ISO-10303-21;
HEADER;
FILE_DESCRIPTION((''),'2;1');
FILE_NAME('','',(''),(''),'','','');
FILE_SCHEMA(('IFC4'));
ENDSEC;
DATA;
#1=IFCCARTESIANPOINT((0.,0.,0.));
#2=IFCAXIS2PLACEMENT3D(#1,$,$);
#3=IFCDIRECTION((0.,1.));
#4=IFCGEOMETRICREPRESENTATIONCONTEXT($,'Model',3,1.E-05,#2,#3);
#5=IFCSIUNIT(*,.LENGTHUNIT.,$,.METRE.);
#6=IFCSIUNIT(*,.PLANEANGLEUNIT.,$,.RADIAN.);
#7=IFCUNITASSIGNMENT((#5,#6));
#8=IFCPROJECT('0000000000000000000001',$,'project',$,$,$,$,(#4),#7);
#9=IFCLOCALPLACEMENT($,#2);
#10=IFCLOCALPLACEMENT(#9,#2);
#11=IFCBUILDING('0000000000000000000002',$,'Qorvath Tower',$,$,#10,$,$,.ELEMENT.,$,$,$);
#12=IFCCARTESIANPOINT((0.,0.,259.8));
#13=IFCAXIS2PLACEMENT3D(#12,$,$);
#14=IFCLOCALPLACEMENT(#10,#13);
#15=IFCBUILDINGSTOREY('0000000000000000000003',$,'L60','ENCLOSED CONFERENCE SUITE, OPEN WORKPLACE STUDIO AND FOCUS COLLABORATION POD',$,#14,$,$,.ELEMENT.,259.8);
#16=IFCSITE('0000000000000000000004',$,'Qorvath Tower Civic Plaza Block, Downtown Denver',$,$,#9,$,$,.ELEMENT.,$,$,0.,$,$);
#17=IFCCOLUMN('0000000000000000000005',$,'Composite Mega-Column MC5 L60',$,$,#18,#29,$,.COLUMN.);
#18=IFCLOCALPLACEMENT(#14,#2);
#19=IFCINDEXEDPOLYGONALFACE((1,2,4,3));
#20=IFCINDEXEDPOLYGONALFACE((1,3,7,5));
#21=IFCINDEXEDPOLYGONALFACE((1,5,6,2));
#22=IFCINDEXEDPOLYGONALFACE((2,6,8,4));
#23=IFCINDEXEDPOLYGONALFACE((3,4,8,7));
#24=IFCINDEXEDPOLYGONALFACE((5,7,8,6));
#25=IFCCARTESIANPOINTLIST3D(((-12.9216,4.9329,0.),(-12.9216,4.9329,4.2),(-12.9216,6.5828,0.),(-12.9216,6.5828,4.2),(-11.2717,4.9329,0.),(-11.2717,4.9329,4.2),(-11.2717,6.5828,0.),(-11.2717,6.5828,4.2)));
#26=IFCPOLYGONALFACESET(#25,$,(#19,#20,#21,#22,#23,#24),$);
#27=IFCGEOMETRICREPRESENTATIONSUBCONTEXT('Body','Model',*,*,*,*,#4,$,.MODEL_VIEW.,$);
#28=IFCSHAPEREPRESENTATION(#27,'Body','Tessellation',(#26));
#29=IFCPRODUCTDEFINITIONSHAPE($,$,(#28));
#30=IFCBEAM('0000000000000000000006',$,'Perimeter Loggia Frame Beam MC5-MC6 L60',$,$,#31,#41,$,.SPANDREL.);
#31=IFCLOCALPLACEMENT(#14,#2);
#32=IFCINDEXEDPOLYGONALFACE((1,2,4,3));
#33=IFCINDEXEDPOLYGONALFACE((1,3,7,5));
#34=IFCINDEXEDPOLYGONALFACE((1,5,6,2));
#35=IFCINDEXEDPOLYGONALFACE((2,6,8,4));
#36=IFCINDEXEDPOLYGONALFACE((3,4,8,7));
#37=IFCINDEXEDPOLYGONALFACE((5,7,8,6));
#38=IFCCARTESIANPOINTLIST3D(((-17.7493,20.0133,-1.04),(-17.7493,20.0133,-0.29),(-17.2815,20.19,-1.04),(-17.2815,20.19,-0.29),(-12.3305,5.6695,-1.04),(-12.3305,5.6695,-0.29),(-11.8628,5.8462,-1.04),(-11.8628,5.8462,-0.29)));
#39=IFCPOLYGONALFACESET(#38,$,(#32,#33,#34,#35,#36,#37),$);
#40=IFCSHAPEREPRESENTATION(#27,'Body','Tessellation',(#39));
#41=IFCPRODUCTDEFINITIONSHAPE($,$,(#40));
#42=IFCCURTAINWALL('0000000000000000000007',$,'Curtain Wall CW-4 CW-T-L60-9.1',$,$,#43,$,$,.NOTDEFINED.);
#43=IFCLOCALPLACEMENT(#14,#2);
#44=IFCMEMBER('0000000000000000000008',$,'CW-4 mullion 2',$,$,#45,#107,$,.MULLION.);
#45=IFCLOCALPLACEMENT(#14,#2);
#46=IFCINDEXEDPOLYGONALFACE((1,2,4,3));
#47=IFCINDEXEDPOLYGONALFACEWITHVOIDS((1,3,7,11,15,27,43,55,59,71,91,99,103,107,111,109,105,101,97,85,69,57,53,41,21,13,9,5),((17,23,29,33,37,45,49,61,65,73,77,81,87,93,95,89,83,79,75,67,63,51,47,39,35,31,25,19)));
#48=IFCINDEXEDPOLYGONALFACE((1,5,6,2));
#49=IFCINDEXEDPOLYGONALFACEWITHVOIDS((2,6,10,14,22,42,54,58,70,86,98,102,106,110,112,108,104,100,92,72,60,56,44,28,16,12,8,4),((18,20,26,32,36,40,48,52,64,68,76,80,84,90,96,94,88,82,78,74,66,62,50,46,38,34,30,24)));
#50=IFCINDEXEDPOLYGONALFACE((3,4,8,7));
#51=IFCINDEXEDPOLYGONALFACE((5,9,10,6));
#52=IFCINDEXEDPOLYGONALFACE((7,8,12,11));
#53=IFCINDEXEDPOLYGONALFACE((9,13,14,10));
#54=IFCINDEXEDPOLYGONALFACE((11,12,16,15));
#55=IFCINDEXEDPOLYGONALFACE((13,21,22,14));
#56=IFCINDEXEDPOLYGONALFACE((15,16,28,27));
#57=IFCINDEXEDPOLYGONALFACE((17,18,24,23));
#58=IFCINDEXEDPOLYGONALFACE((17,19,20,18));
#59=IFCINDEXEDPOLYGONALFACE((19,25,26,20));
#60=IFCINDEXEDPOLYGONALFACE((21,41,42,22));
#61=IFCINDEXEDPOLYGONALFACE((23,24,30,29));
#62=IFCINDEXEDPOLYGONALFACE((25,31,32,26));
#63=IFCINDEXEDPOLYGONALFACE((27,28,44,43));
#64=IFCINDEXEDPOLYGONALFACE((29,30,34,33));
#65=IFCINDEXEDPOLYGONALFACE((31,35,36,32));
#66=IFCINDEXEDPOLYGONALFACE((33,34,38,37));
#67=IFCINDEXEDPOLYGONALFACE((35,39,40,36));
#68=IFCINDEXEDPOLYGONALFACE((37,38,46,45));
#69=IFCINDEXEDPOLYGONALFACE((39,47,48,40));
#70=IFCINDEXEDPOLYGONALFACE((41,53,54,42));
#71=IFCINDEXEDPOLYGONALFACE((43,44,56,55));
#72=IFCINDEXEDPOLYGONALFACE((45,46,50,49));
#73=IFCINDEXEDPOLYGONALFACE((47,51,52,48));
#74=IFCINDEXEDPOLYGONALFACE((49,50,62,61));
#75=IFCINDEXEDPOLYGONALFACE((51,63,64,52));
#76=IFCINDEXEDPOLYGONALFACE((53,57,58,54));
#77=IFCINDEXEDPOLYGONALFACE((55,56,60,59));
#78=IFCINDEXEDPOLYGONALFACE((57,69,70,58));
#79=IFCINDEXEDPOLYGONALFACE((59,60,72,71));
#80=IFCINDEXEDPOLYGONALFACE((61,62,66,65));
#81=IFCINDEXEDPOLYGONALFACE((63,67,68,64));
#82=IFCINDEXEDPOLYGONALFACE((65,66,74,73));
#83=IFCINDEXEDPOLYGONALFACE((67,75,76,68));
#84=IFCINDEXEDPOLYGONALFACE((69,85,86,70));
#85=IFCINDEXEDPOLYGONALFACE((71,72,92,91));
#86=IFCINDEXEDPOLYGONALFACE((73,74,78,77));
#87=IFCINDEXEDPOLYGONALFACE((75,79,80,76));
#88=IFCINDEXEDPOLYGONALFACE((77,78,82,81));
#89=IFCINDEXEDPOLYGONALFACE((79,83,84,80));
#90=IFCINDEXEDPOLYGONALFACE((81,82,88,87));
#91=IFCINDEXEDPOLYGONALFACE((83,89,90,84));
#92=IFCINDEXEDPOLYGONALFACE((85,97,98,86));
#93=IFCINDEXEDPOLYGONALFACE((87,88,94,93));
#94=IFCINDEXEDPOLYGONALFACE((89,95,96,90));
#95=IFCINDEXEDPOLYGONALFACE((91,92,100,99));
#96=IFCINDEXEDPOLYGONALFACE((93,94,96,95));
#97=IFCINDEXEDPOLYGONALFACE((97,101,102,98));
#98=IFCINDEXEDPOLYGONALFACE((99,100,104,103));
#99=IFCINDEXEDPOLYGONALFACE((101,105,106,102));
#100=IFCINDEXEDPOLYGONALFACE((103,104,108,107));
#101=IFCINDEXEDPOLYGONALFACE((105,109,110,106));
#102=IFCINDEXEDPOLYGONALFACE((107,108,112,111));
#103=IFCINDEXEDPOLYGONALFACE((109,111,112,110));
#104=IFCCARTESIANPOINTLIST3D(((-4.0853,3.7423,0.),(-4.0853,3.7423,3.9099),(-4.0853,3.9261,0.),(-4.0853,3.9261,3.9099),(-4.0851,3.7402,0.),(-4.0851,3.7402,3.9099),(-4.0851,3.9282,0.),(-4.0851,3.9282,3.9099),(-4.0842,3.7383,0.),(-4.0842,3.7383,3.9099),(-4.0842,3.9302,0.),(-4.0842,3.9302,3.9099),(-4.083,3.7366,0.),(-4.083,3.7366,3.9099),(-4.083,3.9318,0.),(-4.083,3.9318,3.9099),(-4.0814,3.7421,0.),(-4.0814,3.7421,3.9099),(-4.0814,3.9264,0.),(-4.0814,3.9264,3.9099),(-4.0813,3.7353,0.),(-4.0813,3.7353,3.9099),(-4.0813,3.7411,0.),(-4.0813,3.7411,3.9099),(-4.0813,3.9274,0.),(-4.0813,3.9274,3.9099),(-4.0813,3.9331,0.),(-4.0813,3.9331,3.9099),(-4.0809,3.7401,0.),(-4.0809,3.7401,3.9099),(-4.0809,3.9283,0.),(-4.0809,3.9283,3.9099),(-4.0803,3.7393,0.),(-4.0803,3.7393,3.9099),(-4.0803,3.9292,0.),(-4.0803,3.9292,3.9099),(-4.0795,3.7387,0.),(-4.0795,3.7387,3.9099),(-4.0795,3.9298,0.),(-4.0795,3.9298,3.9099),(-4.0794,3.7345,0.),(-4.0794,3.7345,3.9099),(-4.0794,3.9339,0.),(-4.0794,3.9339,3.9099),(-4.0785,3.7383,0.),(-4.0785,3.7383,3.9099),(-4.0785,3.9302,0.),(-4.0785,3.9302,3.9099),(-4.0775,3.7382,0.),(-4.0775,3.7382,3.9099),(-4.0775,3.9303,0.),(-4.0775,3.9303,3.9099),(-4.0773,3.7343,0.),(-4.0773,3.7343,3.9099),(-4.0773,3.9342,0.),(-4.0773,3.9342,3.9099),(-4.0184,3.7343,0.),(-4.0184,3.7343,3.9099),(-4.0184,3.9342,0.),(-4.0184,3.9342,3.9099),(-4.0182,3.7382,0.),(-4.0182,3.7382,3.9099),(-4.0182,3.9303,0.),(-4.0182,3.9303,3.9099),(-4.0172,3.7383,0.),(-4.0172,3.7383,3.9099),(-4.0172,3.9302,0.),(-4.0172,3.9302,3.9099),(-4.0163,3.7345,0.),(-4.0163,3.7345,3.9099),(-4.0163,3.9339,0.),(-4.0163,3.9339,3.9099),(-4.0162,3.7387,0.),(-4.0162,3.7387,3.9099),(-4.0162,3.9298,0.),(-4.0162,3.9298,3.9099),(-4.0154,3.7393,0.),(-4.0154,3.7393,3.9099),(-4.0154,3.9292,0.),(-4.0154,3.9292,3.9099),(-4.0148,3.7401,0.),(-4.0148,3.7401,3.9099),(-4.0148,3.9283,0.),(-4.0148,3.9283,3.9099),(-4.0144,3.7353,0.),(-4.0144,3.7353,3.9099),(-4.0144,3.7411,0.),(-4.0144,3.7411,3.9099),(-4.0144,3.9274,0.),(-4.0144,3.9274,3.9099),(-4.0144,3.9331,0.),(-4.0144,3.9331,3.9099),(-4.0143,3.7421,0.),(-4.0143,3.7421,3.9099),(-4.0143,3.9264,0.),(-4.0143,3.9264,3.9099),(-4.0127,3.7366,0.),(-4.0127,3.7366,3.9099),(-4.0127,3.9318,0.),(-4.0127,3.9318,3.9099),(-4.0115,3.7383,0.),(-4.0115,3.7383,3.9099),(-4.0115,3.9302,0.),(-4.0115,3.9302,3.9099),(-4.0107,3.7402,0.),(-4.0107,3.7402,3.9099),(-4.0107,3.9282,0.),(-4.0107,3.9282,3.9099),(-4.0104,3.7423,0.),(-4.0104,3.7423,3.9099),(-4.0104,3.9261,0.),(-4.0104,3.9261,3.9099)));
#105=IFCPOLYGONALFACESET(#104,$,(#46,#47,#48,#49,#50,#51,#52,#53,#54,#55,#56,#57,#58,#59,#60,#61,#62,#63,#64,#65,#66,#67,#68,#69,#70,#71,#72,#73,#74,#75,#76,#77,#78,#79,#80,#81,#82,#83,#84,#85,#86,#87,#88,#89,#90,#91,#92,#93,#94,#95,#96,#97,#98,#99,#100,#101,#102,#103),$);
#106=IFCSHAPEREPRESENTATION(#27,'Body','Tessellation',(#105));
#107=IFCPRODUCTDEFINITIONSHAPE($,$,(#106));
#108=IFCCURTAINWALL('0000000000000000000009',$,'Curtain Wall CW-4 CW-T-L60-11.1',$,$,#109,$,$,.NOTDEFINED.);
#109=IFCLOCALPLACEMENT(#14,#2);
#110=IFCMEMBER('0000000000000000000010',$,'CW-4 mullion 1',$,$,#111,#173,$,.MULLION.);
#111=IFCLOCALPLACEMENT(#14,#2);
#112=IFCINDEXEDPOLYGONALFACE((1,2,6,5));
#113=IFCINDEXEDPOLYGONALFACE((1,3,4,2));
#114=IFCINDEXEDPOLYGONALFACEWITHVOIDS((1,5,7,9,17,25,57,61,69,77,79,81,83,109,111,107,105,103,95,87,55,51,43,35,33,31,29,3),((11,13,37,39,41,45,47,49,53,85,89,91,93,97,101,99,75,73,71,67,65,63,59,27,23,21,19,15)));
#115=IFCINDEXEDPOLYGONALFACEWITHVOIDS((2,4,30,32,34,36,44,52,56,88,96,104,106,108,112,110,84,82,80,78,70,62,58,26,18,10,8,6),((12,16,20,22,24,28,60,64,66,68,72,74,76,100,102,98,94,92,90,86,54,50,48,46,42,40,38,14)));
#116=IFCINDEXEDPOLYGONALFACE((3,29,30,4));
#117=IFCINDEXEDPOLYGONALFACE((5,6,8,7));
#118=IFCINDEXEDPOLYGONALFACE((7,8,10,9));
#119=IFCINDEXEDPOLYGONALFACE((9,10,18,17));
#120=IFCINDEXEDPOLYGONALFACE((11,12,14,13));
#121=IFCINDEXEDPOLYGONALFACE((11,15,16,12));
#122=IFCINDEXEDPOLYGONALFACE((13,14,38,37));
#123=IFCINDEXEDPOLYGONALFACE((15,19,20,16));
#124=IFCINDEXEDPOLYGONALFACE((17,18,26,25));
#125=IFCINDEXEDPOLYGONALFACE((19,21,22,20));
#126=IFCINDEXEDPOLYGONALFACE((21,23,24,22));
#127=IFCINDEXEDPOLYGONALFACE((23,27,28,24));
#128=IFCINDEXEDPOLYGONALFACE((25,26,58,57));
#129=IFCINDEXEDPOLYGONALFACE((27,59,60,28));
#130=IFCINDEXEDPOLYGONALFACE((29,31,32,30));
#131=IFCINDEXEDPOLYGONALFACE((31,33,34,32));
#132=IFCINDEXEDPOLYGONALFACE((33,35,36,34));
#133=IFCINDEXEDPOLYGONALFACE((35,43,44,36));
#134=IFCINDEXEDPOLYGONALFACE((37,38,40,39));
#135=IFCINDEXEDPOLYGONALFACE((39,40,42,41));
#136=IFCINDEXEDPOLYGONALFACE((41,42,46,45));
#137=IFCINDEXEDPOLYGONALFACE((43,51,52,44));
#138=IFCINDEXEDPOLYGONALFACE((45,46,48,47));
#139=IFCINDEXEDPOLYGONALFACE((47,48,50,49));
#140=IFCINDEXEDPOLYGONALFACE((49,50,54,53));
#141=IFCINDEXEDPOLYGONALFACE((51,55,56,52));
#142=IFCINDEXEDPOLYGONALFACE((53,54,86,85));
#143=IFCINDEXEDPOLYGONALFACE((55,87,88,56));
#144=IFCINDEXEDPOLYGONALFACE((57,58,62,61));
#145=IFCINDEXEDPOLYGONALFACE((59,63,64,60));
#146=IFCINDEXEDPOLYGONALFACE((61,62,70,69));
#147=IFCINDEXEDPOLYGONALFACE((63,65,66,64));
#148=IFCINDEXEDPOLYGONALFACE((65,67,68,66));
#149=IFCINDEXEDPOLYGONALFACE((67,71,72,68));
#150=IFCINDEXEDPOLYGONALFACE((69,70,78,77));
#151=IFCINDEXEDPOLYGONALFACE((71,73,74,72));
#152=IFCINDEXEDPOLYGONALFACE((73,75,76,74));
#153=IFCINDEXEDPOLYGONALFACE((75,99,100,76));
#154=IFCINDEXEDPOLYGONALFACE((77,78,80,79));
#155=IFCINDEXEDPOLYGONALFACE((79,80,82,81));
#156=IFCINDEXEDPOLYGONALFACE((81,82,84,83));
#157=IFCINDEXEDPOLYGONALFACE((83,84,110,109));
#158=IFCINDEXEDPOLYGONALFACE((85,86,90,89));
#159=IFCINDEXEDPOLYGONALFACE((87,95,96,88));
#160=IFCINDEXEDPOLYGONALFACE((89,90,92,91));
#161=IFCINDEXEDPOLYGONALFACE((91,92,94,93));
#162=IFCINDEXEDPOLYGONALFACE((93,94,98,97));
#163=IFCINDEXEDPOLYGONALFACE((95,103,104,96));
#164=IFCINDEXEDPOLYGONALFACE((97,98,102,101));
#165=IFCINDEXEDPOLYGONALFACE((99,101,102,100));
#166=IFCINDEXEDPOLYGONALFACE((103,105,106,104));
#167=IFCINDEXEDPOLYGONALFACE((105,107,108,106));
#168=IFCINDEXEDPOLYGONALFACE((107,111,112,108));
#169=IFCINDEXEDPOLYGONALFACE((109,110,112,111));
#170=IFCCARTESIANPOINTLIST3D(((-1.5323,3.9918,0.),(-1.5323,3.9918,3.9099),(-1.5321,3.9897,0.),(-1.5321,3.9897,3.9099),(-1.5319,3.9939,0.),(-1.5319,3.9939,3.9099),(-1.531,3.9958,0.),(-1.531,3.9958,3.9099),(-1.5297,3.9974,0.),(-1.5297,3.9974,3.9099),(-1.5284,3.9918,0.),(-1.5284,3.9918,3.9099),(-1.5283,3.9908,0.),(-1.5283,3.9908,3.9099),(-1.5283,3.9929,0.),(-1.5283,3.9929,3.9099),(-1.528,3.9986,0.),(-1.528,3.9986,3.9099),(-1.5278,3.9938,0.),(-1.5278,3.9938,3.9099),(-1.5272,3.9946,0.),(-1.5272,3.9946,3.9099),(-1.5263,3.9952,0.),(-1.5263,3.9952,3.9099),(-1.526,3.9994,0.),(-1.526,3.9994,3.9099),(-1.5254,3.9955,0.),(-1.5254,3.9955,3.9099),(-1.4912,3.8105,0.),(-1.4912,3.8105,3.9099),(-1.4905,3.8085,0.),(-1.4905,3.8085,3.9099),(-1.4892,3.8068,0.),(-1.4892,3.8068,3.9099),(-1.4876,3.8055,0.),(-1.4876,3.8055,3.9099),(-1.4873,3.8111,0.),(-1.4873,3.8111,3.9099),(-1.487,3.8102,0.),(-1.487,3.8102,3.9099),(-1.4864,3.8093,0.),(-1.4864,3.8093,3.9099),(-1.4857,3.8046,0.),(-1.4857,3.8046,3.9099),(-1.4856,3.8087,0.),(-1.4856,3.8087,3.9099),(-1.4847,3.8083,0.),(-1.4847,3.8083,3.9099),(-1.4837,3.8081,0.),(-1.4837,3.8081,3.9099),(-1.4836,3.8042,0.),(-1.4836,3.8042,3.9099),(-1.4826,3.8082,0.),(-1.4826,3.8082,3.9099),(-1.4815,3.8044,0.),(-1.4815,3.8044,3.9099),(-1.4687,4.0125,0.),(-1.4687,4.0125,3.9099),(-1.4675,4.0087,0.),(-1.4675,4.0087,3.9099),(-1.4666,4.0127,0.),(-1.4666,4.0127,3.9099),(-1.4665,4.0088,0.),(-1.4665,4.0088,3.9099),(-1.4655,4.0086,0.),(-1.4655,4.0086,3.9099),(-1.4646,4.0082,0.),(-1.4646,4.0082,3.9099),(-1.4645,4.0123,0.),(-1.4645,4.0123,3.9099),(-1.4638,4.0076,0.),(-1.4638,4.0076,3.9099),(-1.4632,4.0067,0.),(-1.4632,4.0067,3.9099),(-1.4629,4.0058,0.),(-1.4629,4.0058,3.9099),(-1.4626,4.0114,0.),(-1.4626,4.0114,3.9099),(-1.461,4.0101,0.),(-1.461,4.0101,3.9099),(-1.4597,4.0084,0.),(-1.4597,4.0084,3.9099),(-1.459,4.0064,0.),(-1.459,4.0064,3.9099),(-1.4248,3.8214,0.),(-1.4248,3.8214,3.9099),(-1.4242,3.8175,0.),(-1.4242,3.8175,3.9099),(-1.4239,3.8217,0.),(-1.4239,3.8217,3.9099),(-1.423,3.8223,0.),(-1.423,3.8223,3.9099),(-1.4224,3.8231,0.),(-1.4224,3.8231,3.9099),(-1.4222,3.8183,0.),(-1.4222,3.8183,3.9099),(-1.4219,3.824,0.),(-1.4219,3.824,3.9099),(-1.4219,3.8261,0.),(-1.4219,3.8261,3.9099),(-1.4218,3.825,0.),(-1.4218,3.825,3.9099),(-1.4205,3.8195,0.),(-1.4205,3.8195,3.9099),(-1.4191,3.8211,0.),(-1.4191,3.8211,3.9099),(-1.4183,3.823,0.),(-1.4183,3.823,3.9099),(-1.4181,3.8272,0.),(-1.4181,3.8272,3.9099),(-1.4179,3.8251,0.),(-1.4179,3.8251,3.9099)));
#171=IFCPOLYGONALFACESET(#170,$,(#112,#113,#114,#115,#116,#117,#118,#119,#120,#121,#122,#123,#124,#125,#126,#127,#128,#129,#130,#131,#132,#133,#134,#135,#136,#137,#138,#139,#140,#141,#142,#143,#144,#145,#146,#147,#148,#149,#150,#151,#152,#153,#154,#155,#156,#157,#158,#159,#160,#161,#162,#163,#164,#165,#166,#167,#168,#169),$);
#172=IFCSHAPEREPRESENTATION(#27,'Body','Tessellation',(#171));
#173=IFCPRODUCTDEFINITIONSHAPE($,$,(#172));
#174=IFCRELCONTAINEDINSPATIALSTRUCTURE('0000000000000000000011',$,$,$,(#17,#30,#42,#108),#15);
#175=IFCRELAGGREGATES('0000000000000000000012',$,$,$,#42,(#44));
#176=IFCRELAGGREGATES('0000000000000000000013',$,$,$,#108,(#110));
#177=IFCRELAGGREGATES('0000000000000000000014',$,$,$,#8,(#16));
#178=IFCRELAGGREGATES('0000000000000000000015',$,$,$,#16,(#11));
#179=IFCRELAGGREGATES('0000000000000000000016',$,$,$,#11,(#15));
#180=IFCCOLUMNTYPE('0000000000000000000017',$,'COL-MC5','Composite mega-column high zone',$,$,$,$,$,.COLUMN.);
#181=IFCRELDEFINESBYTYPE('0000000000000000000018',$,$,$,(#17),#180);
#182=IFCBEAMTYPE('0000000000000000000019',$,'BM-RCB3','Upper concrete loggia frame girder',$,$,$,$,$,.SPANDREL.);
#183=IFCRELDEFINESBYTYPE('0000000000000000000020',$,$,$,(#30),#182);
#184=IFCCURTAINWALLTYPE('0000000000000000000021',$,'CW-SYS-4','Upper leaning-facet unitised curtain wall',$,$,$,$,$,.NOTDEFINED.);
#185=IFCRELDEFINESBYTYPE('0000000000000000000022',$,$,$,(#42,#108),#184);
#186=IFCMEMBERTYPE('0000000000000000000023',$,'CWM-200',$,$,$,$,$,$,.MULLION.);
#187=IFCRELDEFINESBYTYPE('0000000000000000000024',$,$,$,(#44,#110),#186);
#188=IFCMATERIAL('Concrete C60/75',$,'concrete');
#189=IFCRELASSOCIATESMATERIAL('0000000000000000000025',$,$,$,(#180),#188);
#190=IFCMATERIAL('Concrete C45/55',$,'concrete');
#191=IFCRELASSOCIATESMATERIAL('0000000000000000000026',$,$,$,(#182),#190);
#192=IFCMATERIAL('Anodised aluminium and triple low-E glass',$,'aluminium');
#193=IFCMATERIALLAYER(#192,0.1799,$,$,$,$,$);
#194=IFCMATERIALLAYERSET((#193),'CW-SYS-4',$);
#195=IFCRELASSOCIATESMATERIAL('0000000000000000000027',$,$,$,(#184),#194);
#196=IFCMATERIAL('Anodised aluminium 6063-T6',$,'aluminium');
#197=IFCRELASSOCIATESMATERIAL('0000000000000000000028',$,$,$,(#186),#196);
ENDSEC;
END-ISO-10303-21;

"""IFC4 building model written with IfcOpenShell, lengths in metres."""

from ifc_helpers import new_model, si_unit, direction, frame, origin, origin_2d, place, context, subcontext, project, spatial, rectangle, hollow_rectangle, extrude, material, layer, layer_set, material_profile, profile_set, type_object, element, aggregate, save


model = new_model("IFC4")

# Units and contexts
model_context = context("Model", 3, precision=1e-05, world=origin(), true_north=direction((0.0, 1.0)))
body_context = subcontext(model_context, "Body", "Model", "MODEL_VIEW")
ifc_project = project(units=[si_unit("LENGTHUNIT", "METRE"), si_unit("PLANEANGLEUNIT", "RADIAN")], contexts=[model_context])

# Site, building, storey
site_placement = place(None, origin())
site = spatial("IfcSite", under=ifc_project, at=site_placement, Name="Qorvath Tower Civic Plaza Block, Downtown Denver", CompositionType="ELEMENT", RefElevation=0.0)
building_placement = place(site_placement, origin())
building = spatial("IfcBuilding", under=site, at=building_placement, Name="Qorvath Tower", CompositionType="ELEMENT")
storey_placement = place(building_placement, frame((0.0, 0.0, 259.8)))
storey = spatial("IfcBuildingStorey", under=building, at=storey_placement, Name="L60", Description="ENCLOSED CONFERENCE SUITE, OPEN WORKPLACE STUDIO AND FOCUS COLLABORATION POD", CompositionType="ELEMENT", Elevation=259.8)

# Column
ifc_material_1 = material(Name="Concrete C60/75", Category="concrete")
ifc_material_profile_1 = material_profile(ifc_material_1, rectangle(XDim=1.6499, YDim=1.6499, at=origin_2d()), Name="MC 1650x1650")
ifc_profile_set_1 = profile_set([ifc_material_profile_1], Name="Concrete C60/75")
column_type = type_object("IfcColumnType", Name="COL-MC5", Description="Composite mega-column high zone", PredefinedType="COLUMN", material=ifc_profile_set_1)
column_placement = place(storey_placement, frame((-12.0967, 5.7578, 0.0), z_axis=(0.0, 0.0, 1.0), x_axis=(1.0, 0.0, 0.0)))
element("IfcColumn", 1, at=column_placement, inside=storey, type_object=column_type, Name="Composite Mega-Column MC5 L60", PredefinedType="COLUMN", context=body_context, shape_type="SweptSolid", body=[
    extrude(rectangle(XDim=1.6499, YDim=1.6499, at=origin_2d()), origin(), (0.0, 0.0, 1.0), 4.2),
])

# Beam
ifc_material_2 = material(Name="Concrete C45/55", Category="concrete")
ifc_material_profile_2 = material_profile(ifc_material_2, rectangle(XDim=0.5, YDim=0.75, at=origin_2d()), Name="RCB 750x500")
ifc_profile_set_2 = profile_set([ifc_material_profile_2], Name="Concrete C45/55")
beam_type = type_object("IfcBeamType", Name="BM-RCB3", Description="Upper concrete loggia frame girder", PredefinedType="SPANDREL", material=ifc_profile_set_2)
beam_placement = place(storey_placement, frame((-12.0967, 5.7578, -0.665), z_axis=(-0.353398, 0.935473, 0.0), x_axis=(-0.935473, -0.353398, 0.0)))
element("IfcBeam", 2, at=beam_placement, inside=storey, type_object=beam_type, Name="Perimeter Loggia Frame Beam MC5-MC6 L60", PredefinedType="SPANDREL", context=body_context, shape_type="SweptSolid", body=[
    extrude(rectangle(XDim=0.5, YDim=0.75, at=origin_2d()), origin(), (0.0, 0.0, 1.0), 15.3333),
])

# Curtain wall, member
ifc_material_3 = material(Name="Anodised aluminium and triple low-E glass", Category="aluminium")
ifc_layer_1 = layer(ifc_material_3, 0.1799)
ifc_layer_set_1 = layer_set([ifc_layer_1], Name="CW-SYS-4")
curtain_wall_type = type_object("IfcCurtainWallType", Name="CW-SYS-4", Description="Upper leaning-facet unitised curtain wall", PredefinedType="NOTDEFINED", material=ifc_layer_set_1)
curtain_wall_1_placement = place(storey_placement, origin())
curtain_wall_1 = element("IfcCurtainWall", 3, at=curtain_wall_1_placement, inside=storey, type_object=curtain_wall_type, Name="Curtain Wall CW-4 CW-T-L60-9.1", PredefinedType="NOTDEFINED")
ifc_material_4 = material(Name="Anodised aluminium 6063-T6", Category="aluminium")
ifc_material_profile_3 = material_profile(ifc_material_4, hollow_rectangle(XDim=0.075, YDim=0.2, WallThickness=0.0039, InnerFilletRadius=0.0039, OuterFilletRadius=0.0081, at=origin_2d()), Name="CWM 200x75")
ifc_profile_set_3 = profile_set([ifc_material_profile_3], Name="Anodised aluminium 6063-T6")
member_type_1 = type_object("IfcMemberType", Name="CWM-200", PredefinedType="MULLION", material=ifc_profile_set_3)
member_1_placement = place(storey_placement, frame((-4.0479, 3.8342, 0.0), z_axis=(0.0, 0.0, 1.0), x_axis=(-1.0, 0.0, 0.0)))
member_1 = element("IfcMember", 4, at=member_1_placement, type_object=member_type_1, Name="CW-4 mullion 2", PredefinedType="MULLION", context=body_context, shape_type="SweptSolid", body=[
    extrude(hollow_rectangle(XDim=0.075, YDim=0.2, WallThickness=0.0039, InnerFilletRadius=0.0039, OuterFilletRadius=0.0081, at=origin_2d()), origin(), (0.0, 0.0, 1.0), 3.9099),
])
aggregate(curtain_wall_1, [member_1])

# Curtain wall, member
curtain_wall_2_placement = place(storey_placement, origin())
curtain_wall_2 = element("IfcCurtainWall", 5, at=curtain_wall_2_placement, inside=storey, type_object=curtain_wall_type, Name="Curtain Wall CW-4 CW-T-L60-11.1", PredefinedType="NOTDEFINED")
member_2_placement = place(storey_placement, frame((-1.4751, 3.9084, 0.0), z_axis=(0.0, 0.0, 1.0), x_axis=(-0.974942, -0.222459, 0.0)))
member_2 = element("IfcMember", 6, at=member_2_placement, type_object=member_type_1, Name="CW-4 mullion 1", PredefinedType="MULLION", context=body_context, shape_type="SweptSolid", body=[
    extrude(hollow_rectangle(XDim=0.075, YDim=0.2, WallThickness=0.0039, InnerFilletRadius=0.0039, OuterFilletRadius=0.0081, at=origin_2d()), origin(), (0.0, 0.0, 1.0), 3.9099),
])
aggregate(curtain_wall_2, [member_2])

save(model, "model.ifc")
